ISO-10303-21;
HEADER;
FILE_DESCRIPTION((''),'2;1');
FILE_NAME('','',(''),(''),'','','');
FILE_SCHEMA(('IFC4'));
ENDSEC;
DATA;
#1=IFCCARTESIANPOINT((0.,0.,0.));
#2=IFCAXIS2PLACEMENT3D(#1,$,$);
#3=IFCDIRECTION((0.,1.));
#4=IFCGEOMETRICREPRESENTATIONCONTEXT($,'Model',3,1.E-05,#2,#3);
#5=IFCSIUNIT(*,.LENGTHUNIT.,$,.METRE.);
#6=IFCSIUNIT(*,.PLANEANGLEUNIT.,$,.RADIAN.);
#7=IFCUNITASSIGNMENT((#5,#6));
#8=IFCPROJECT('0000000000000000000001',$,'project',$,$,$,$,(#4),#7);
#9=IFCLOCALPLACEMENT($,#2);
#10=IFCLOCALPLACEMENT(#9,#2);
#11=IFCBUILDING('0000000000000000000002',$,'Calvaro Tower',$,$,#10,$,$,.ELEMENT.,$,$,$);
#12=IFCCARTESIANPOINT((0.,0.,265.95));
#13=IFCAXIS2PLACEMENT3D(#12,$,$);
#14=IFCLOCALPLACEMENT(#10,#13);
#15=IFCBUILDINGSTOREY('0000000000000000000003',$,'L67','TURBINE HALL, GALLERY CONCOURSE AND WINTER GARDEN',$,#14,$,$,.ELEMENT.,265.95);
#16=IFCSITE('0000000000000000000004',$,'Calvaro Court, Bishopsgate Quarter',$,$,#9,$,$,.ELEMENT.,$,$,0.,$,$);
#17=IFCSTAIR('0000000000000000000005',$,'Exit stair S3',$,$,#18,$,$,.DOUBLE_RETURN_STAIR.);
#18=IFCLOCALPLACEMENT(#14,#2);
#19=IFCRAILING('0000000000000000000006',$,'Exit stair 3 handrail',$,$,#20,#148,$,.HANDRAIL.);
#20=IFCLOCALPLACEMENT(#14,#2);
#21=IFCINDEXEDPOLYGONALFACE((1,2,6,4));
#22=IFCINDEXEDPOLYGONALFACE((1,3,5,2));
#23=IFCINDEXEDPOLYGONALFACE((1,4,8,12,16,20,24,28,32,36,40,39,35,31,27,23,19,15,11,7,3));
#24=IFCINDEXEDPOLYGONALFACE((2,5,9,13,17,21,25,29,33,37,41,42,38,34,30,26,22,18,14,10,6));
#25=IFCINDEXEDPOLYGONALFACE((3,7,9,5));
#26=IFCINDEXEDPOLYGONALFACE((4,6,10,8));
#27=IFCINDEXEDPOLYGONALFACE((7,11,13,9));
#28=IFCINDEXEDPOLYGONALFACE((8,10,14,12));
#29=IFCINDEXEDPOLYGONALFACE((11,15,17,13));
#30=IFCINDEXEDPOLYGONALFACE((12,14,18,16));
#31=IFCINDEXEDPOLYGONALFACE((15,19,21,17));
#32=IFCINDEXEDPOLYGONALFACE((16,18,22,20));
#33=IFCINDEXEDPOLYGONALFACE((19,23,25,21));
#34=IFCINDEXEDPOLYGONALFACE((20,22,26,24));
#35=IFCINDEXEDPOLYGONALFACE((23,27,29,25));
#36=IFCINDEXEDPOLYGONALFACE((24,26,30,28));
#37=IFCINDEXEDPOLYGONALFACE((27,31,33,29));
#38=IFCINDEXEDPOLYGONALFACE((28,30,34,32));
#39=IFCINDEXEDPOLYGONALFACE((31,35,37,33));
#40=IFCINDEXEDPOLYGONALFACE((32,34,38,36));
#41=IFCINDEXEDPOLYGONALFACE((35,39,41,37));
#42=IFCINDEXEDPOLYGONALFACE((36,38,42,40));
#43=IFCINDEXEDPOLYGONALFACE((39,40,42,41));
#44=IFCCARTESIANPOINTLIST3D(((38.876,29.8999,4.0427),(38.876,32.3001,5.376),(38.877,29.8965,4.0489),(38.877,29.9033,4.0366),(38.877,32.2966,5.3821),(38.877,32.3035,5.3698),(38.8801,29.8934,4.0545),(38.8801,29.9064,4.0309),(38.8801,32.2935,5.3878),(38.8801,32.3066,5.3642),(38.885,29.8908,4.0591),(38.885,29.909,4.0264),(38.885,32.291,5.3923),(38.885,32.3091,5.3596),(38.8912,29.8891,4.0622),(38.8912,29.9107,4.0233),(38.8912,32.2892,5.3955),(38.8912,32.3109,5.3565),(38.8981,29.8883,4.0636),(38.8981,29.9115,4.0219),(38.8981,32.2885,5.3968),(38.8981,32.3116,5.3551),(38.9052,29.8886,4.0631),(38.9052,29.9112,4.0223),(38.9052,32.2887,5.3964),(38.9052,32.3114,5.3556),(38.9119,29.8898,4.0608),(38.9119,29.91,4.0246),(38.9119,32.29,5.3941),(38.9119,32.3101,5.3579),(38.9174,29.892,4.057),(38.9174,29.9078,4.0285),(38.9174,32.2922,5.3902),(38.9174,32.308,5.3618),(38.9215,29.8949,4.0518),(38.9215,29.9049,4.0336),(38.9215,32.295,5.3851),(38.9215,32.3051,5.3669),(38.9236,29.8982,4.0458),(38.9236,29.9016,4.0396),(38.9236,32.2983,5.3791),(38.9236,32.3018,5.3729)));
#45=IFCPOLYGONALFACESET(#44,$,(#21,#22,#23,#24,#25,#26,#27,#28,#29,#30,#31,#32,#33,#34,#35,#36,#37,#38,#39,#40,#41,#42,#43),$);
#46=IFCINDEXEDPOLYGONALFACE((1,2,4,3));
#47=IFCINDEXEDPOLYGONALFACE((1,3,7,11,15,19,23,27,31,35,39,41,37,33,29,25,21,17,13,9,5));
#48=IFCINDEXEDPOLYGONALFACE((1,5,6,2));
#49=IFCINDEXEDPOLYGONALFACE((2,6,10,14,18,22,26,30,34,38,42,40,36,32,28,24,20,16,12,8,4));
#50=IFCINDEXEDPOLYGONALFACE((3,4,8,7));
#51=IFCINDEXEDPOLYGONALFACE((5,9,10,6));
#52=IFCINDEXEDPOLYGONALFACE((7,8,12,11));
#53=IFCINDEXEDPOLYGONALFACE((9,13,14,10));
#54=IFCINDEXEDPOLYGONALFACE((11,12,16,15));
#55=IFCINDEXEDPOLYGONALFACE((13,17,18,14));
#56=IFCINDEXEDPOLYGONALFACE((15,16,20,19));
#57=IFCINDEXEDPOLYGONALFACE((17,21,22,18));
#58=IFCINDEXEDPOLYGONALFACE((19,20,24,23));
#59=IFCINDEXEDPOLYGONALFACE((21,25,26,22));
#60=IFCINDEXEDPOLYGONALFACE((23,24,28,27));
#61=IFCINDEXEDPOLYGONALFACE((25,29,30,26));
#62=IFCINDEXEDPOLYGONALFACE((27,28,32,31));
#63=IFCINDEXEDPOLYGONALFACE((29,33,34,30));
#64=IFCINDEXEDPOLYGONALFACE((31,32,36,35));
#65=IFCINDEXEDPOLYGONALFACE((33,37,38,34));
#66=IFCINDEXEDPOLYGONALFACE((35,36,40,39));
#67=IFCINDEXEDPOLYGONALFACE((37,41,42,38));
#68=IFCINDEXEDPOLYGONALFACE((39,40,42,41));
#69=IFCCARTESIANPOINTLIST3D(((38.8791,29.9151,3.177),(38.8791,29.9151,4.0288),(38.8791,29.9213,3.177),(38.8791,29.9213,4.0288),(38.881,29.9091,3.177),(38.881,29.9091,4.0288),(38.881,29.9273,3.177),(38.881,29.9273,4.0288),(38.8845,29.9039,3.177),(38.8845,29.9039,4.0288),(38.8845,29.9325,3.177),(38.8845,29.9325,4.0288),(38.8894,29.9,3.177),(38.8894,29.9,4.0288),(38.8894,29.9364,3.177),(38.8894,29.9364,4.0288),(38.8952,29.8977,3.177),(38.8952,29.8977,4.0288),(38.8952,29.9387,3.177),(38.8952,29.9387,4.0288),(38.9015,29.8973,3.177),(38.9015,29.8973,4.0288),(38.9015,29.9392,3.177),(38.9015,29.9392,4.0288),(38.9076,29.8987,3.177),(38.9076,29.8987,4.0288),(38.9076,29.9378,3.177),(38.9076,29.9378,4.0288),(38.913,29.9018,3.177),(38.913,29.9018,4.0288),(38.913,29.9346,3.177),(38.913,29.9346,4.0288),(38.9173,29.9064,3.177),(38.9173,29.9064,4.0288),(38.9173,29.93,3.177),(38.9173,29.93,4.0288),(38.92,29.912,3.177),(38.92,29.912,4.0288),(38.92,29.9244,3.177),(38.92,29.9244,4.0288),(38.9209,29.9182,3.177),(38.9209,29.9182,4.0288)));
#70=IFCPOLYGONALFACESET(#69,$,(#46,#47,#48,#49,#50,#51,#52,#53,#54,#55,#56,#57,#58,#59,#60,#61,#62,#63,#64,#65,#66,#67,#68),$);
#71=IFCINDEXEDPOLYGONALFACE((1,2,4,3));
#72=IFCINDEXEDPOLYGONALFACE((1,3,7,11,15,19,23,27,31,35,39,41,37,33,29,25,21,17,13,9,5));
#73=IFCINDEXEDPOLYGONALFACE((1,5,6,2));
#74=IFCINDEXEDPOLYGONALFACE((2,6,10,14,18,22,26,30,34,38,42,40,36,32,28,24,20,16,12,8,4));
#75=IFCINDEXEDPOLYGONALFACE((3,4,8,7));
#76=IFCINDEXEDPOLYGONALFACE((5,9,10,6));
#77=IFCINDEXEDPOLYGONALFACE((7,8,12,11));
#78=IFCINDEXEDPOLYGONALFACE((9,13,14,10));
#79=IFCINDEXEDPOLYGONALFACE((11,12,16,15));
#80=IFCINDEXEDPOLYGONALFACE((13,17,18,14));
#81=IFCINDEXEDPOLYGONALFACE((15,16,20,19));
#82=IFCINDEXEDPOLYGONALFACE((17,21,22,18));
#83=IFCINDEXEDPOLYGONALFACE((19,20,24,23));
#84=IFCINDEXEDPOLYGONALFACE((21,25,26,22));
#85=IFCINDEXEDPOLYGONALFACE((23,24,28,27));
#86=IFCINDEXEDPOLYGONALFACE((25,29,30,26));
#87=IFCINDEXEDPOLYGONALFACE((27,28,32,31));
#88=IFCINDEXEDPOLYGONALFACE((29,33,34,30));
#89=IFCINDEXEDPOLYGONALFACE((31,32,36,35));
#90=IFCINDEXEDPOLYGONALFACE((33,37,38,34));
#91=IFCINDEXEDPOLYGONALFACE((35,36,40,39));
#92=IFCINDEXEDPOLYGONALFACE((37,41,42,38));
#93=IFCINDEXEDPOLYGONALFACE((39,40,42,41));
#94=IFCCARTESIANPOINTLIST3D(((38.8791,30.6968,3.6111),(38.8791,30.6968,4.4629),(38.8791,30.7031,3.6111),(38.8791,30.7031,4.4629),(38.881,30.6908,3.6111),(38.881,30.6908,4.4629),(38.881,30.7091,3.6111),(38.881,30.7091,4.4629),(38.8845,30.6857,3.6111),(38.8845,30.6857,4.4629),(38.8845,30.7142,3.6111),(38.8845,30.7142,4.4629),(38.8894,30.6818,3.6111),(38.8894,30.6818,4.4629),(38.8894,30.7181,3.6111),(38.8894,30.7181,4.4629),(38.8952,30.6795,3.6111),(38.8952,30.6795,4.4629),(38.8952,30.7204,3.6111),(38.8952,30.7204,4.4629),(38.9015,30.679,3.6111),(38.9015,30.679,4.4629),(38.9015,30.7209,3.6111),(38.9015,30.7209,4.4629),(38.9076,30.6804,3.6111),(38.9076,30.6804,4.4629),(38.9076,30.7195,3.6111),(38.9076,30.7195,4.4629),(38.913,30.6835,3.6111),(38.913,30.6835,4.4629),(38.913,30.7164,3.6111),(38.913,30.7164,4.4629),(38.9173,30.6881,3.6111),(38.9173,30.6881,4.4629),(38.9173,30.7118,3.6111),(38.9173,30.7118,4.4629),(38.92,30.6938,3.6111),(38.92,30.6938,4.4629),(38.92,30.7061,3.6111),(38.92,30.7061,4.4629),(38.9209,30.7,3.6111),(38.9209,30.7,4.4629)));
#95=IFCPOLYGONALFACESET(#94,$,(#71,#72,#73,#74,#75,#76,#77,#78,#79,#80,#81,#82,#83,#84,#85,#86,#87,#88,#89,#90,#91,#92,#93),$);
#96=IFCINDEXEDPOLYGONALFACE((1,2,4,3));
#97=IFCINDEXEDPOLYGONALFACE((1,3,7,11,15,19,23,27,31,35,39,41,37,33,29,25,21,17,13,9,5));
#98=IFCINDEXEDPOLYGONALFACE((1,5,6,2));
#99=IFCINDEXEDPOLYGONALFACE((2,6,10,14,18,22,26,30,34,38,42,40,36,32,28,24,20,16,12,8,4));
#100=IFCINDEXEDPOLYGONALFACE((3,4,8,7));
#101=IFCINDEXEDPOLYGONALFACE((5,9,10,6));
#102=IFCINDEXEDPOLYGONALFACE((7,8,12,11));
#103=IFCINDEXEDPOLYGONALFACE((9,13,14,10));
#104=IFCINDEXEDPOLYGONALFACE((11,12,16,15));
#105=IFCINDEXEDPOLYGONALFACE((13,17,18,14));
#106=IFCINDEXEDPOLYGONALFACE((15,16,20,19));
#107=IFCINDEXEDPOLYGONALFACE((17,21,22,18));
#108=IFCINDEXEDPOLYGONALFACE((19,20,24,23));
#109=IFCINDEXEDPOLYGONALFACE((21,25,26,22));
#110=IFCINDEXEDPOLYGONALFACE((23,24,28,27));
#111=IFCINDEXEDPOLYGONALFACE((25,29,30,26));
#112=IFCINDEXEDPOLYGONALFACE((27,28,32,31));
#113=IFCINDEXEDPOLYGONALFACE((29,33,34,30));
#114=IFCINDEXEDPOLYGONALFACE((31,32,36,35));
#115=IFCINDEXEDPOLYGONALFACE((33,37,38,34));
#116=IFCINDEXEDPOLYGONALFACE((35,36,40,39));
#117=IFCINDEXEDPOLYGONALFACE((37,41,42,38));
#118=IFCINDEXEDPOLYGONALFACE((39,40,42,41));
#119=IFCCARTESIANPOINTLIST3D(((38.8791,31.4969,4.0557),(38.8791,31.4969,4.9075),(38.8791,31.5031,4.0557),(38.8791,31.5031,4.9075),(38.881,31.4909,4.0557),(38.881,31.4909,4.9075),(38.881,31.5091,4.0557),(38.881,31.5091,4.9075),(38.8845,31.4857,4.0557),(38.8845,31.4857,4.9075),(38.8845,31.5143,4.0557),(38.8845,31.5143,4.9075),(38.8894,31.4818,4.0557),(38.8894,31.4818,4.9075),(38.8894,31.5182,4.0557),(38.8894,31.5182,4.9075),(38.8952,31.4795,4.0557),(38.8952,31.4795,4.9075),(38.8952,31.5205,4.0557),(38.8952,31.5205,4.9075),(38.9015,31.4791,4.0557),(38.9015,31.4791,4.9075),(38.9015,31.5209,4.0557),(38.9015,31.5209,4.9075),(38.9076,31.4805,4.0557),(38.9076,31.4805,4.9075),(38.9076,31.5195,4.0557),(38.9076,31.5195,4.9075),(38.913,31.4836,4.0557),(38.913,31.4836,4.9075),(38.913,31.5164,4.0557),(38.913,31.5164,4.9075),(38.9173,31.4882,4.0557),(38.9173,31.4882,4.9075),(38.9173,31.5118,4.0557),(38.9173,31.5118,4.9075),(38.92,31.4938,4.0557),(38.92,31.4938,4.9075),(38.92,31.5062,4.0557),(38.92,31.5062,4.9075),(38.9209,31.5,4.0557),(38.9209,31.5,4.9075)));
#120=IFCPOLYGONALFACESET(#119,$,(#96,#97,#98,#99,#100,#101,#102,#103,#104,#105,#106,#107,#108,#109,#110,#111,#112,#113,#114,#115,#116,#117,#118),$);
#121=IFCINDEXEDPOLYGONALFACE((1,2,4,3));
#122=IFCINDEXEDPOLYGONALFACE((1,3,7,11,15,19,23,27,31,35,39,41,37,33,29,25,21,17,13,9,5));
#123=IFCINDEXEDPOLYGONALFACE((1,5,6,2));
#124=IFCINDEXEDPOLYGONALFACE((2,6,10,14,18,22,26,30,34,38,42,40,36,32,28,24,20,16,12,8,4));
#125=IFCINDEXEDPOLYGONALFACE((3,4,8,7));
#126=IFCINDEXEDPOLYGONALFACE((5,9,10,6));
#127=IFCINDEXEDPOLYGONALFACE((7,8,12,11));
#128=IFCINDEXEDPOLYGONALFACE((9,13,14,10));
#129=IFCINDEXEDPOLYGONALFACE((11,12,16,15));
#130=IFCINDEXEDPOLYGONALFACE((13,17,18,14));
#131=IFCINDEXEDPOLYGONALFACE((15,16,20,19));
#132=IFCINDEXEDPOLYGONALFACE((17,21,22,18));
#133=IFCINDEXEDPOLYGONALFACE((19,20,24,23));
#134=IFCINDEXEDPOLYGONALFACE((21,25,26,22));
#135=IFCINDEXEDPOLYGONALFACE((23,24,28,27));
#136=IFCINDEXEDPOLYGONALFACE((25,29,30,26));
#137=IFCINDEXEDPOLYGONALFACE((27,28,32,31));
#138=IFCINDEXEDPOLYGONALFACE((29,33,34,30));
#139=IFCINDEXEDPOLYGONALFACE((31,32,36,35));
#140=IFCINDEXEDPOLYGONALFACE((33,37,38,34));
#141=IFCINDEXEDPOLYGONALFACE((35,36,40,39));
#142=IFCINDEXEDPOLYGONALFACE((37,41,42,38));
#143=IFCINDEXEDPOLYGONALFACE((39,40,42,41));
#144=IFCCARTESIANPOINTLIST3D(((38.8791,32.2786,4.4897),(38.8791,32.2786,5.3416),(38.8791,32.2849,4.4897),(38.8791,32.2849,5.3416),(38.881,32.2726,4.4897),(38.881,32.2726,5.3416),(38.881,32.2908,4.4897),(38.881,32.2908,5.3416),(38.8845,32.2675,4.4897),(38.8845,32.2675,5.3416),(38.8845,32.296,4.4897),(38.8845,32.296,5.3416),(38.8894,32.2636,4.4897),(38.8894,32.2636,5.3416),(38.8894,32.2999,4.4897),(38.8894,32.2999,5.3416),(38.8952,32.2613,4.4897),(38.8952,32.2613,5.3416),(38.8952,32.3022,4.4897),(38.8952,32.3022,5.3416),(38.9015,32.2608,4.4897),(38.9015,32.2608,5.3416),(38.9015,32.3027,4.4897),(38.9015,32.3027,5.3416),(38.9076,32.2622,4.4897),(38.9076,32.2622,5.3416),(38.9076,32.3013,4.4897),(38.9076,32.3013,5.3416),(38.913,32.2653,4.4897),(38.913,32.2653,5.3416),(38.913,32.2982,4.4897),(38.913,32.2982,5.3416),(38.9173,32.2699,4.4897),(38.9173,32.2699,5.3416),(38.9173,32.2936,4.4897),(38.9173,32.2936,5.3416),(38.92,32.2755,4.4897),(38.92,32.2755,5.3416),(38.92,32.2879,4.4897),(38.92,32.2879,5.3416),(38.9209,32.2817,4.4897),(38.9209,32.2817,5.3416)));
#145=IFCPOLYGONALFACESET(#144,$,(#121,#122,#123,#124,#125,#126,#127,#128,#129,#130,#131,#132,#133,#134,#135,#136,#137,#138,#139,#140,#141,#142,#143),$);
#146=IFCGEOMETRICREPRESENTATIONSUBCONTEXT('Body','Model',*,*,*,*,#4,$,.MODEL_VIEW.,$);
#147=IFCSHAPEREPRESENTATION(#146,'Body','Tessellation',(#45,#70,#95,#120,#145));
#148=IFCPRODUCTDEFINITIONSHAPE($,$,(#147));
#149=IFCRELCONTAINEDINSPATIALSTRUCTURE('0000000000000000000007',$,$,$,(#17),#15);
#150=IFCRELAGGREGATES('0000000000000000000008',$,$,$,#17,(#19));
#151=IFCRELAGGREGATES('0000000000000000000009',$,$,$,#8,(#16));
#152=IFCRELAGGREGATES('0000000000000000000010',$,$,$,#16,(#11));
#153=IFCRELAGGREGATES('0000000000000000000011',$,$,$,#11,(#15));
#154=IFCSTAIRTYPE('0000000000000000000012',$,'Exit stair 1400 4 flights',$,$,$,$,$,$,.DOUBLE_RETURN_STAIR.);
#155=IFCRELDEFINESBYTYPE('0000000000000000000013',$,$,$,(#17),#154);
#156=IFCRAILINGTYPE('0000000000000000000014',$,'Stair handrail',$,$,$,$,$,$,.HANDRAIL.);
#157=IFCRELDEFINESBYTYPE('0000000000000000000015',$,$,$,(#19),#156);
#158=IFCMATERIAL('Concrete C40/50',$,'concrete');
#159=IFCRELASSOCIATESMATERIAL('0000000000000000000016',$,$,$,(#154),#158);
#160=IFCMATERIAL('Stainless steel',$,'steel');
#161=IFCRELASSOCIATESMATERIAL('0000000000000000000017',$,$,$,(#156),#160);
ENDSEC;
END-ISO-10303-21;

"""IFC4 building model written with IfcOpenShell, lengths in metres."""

from ifc_helpers import new_model, si_unit, direction, frame, origin, origin_2d, place, context, subcontext, project, spatial, circle, extrude, material, type_object, element, aggregate, save


model = new_model("IFC4")

# Units and contexts
model_context = context("Model", 3, precision=1e-05, world=origin(), true_north=direction((0.0, 1.0)))
body_context = subcontext(model_context, "Body", "Model", "MODEL_VIEW")
ifc_project = project(units=[si_unit("LENGTHUNIT", "METRE"), si_unit("PLANEANGLEUNIT", "RADIAN")], contexts=[model_context])

# Site, building, storey
site_placement = place(None, origin())
site = spatial("IfcSite", under=ifc_project, at=site_placement, Name="Calvaro Court, Bishopsgate Quarter", CompositionType="ELEMENT", RefElevation=0.0)
building_placement = place(site_placement, origin())
building = spatial("IfcBuilding", under=site, at=building_placement, Name="Calvaro Tower", CompositionType="ELEMENT")
storey_placement = place(building_placement, frame((0.0, 0.0, 265.95)))
storey = spatial("IfcBuildingStorey", under=building, at=storey_placement, Name="L67", Description="TURBINE HALL, GALLERY CONCOURSE AND WINTER GARDEN", CompositionType="ELEMENT", Elevation=265.95)

# Stair, railing
ifc_material_1 = material(Name="Concrete C40/50", Category="concrete")
stair_type = type_object("IfcStairType", Name="Exit stair 1400 4 flights", PredefinedType="DOUBLE_RETURN_STAIR", material=ifc_material_1)
stair_placement = place(storey_placement, origin())
stair = element("IfcStair", 1, at=stair_placement, inside=storey, type_object=stair_type, Name="Exit stair S3", PredefinedType="DOUBLE_RETURN_STAIR")
ifc_material_2 = material(Name="Stainless steel", Category="steel")
railing_type = type_object("IfcRailingType", Name="Stair handrail", PredefinedType="HANDRAIL", material=ifc_material_2)
railing_1_placement = place(storey_placement, frame((38.8999, 29.8999, 3.1667)))
railing_1 = element("IfcRailing", 2, at=railing_1_placement, type_object=railing_type, Name="Exit stair 3 handrail", PredefinedType="HANDRAIL", context=body_context, shape_type="SweptSolid", body=[
    extrude(circle(Radius=0.0239, at=origin_2d()), frame((0.0, 0.0, 0.876), z_axis=(0.0, 0.874182, 0.485598), x_axis=(-1.0, 0.0, 0.0)), (0.0, 0.0, 1.0), 2.7456),
    extrude(circle(Radius=0.021, at=origin_2d()), frame((0.0, 0.0183, 0.0103)), (0.0, 0.0, 1.0), 0.8518),
    extrude(circle(Radius=0.021, at=origin_2d()), frame((0.0, 0.8, 0.4443)), (0.0, 0.0, 1.0), 0.8518),
    extrude(circle(Radius=0.021, at=origin_2d()), frame((0.0, 1.6001, 0.8889)), (0.0, 0.0, 1.0), 0.8518),
    extrude(circle(Radius=0.021, at=origin_2d()), frame((0.0, 2.3818, 1.323)), (0.0, 0.0, 1.0), 0.8518),
])
aggregate(stair, [railing_1])

save(model, "model.ifc")
